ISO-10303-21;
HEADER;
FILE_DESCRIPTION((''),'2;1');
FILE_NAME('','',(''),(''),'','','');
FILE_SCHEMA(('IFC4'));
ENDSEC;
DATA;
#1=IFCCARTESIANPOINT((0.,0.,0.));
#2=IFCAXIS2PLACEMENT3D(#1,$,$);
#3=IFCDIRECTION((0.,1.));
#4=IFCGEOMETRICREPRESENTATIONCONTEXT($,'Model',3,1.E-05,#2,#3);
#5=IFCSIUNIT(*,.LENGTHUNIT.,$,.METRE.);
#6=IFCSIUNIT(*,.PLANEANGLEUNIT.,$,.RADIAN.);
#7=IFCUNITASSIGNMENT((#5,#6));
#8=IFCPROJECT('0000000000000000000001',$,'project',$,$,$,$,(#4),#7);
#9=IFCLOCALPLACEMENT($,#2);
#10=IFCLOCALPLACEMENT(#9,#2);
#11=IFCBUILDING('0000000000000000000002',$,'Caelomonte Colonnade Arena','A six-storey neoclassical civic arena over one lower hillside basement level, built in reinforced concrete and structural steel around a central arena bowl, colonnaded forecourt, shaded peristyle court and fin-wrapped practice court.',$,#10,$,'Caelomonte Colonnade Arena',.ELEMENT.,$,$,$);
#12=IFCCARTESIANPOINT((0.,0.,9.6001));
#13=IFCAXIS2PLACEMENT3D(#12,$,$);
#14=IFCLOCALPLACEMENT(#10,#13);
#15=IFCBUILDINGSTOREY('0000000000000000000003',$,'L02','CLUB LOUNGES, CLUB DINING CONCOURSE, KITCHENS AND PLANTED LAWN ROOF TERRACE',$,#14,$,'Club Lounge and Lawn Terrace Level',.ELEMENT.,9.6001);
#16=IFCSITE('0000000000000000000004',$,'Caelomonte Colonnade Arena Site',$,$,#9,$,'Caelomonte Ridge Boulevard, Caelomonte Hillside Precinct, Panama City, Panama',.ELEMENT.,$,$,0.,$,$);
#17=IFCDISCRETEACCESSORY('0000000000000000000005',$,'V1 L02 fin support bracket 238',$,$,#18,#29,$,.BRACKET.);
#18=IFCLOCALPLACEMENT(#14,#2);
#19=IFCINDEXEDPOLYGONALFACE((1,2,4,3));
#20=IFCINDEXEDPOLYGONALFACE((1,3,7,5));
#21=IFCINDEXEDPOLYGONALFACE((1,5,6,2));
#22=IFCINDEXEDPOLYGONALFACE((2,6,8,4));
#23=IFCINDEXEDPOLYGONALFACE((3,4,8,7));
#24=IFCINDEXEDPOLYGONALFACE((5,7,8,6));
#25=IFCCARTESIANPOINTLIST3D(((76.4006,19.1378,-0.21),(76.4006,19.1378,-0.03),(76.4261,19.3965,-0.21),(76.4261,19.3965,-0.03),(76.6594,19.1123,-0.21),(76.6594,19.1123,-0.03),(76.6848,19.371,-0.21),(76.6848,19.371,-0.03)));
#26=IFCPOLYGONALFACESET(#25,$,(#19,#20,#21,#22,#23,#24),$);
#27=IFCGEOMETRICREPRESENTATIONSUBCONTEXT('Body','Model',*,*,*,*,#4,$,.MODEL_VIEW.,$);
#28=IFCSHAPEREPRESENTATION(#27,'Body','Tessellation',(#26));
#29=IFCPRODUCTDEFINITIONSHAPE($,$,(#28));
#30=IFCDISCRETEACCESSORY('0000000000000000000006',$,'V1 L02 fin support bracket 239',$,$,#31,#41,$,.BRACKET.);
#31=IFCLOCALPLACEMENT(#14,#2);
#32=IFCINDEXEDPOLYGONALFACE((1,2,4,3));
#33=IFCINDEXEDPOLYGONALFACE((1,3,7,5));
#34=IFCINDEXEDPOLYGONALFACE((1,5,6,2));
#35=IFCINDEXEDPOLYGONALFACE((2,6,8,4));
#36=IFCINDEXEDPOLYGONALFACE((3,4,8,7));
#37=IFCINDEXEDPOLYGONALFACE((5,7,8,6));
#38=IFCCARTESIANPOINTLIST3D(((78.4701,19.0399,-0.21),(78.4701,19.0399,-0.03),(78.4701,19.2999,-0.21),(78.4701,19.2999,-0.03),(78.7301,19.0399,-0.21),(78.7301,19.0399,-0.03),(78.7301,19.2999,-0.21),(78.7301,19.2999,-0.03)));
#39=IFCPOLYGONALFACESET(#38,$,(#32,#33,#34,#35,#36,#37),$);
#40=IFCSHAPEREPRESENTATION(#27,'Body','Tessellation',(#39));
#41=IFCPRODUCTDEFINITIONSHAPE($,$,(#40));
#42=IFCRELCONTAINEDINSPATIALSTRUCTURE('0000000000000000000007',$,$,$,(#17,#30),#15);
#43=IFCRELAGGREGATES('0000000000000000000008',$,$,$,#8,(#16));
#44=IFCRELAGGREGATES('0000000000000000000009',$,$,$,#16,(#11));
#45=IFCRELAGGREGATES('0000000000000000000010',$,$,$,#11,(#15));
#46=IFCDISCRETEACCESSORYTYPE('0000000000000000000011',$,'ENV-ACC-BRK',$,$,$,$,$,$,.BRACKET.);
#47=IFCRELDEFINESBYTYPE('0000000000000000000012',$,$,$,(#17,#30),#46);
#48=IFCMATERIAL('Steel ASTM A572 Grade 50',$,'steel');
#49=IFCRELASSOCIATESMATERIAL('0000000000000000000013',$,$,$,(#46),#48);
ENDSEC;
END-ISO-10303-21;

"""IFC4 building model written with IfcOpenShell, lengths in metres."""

from ifc_helpers import new_model, si_unit, direction, frame, origin, origin_2d, place, context, subcontext, project, spatial, rectangle, extrude, material, type_object, element, save


model = new_model("IFC4")

# Units and contexts
model_context = context("Model", 3, precision=1e-05, world=origin(), true_north=direction((0.0, 1.0)))
body_context = subcontext(model_context, "Body", "Model", "MODEL_VIEW")
ifc_project = project(units=[si_unit("LENGTHUNIT", "METRE"), si_unit("PLANEANGLEUNIT", "RADIAN")], contexts=[model_context])

# Site, building, storey
site_placement = place(None, origin())
site = spatial("IfcSite", under=ifc_project, at=site_placement, Name="Caelomonte Colonnade Arena Site", LongName="Caelomonte Ridge Boulevard, Caelomonte Hillside Precinct, Panama City, Panama", CompositionType="ELEMENT", RefElevation=0.0)
building_placement = place(site_placement, origin())
building = spatial("IfcBuilding", under=site, at=building_placement, Name="Caelomonte Colonnade Arena", Description="A six-storey neoclassical civic arena over one lower hillside basement level, built in reinforced concrete and structural steel around a central arena bowl, colonnaded forecourt, shaded peristyle court and fin-wrapped practice court.", LongName="Caelomonte Colonnade Arena", CompositionType="ELEMENT")
storey_placement = place(building_placement, frame((0.0, 0.0, 9.6001)))
storey = spatial("IfcBuildingStorey", under=building, at=storey_placement, Name="L02", Description="CLUB LOUNGES, CLUB DINING CONCOURSE, KITCHENS AND PLANTED LAWN ROOF TERRACE", LongName="Club Lounge and Lawn Terrace Level", CompositionType="ELEMENT", Elevation=9.6001)

# Discrete accessories
ifc_material_1 = material(Name="Steel ASTM A572 Grade 50", Category="steel")
discrete_accessory_type = type_object("IfcDiscreteAccessoryType", Name="ENV-ACC-BRK", PredefinedType="BRACKET", material=ifc_material_1)
for number, where, z_axis, x_axis, name in (
    (1, (76.5427, 19.2544, -0.21), (0.0, 0.0, 1.0), (0.995185, -0.098015, 0.0), "V1 L02 fin support bracket 238"),
    (2, (78.6001, 19.1699, -0.21), (0.0, 0.0, 1.0), (1.0, 0.0, 0.0), "V1 L02 fin support bracket 239"),
):
    element("IfcDiscreteAccessory", number, at=place(storey_placement, frame(where, z_axis=z_axis, x_axis=x_axis)), inside=storey, type_object=discrete_accessory_type, Name=name, PredefinedType="BRACKET", context=body_context, shape_type="SweptSolid", body=[
        extrude(rectangle(XDim=0.26, YDim=0.26, at=origin_2d()), origin(), (0.0, 0.0, 1.0), 0.1799),
    ])

save(model, "model.ifc")
